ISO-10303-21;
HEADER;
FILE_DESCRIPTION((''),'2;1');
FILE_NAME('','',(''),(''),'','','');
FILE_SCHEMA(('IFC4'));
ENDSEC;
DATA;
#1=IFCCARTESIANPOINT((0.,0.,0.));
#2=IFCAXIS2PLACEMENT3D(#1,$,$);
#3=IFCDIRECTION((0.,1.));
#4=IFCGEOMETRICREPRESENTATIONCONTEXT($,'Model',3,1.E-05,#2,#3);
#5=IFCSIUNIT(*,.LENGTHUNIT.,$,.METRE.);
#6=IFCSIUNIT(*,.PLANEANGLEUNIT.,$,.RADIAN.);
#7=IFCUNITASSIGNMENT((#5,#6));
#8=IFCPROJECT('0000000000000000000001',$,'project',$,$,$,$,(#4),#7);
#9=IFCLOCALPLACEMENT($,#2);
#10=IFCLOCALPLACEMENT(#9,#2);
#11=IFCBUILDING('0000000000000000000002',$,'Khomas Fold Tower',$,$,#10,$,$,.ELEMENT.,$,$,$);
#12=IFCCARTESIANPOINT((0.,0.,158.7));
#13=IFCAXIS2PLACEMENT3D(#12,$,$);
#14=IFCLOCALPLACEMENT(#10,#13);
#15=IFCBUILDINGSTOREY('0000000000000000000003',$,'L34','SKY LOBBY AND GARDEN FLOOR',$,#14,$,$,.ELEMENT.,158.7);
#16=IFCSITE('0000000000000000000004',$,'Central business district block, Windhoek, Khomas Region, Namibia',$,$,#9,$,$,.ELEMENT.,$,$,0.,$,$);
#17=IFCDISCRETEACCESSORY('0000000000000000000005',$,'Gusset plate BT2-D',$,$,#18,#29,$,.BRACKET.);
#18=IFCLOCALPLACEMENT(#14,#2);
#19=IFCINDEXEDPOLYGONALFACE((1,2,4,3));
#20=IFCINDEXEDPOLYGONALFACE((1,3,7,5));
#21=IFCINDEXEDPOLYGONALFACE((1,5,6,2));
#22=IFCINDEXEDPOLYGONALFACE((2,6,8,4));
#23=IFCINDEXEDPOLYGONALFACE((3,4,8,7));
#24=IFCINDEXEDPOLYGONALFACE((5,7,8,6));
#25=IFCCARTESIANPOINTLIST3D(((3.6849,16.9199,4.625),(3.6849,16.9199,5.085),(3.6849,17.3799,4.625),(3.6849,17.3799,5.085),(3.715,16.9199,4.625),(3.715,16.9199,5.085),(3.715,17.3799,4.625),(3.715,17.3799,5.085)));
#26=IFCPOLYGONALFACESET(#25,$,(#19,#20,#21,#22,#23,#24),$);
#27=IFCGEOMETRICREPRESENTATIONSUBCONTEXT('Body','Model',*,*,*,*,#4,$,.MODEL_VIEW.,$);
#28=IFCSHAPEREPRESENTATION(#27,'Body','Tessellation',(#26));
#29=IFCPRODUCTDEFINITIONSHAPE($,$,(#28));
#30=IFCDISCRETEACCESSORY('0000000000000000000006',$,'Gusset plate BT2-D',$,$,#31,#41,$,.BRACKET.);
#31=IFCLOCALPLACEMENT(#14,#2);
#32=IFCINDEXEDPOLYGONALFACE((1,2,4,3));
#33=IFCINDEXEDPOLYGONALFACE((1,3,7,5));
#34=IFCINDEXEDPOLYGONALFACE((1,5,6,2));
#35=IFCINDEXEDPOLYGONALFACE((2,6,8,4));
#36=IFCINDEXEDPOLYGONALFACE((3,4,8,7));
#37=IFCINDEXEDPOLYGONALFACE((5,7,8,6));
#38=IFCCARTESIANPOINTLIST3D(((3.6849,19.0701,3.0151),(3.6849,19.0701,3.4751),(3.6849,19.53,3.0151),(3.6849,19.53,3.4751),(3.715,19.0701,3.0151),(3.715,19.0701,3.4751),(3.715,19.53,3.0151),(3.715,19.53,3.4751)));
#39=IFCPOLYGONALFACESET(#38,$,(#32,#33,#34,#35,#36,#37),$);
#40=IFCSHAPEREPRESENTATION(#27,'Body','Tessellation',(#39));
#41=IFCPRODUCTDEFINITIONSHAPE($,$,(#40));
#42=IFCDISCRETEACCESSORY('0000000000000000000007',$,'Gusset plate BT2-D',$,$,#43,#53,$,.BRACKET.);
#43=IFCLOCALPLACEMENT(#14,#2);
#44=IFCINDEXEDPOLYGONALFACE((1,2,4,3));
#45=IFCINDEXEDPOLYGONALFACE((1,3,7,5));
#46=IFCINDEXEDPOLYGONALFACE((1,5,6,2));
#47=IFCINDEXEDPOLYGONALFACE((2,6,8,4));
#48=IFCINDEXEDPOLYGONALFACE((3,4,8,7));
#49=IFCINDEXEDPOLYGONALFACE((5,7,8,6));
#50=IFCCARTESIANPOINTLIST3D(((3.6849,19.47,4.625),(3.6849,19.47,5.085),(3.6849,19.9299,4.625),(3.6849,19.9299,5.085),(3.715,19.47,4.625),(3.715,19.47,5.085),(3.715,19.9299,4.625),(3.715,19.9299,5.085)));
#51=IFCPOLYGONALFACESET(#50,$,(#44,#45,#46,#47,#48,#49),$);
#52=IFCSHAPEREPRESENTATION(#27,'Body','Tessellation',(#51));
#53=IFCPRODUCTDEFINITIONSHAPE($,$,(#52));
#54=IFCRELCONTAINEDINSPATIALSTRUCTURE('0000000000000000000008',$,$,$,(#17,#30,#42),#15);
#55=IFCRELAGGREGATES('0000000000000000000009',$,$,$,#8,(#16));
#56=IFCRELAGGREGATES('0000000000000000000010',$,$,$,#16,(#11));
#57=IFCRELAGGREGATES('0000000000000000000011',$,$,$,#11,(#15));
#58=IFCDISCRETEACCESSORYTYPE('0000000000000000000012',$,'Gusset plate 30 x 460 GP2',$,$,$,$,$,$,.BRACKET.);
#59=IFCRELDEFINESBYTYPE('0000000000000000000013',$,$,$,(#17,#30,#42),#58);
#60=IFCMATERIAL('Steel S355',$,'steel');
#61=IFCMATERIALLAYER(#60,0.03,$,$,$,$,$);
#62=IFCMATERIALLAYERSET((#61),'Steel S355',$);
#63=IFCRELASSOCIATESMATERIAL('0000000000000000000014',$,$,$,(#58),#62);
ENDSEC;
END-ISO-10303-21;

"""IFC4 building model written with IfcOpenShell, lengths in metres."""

from ifc_helpers import new_model, si_unit, direction, frame, origin, origin_2d, place, context, subcontext, project, spatial, rectangle, extrude, source, transform, mapped, material, layer, layer_set, type_object, element, save


model = new_model("IFC4")

# Units and contexts
model_context = context("Model", 3, precision=1e-05, world=origin(), true_north=direction((0.0, 1.0)))
body_context = subcontext(model_context, "Body", "Model", "MODEL_VIEW")
ifc_project = project(units=[si_unit("LENGTHUNIT", "METRE"), si_unit("PLANEANGLEUNIT", "RADIAN")], contexts=[model_context])

# Site, building, storey
site_placement = place(None, origin())
site = spatial("IfcSite", under=ifc_project, at=site_placement, Name="Central business district block, Windhoek, Khomas Region, Namibia", CompositionType="ELEMENT", RefElevation=0.0)
building_placement = place(site_placement, origin())
building = spatial("IfcBuilding", under=site, at=building_placement, Name="Khomas Fold Tower", CompositionType="ELEMENT")
storey_placement = place(building_placement, frame((0.0, 0.0, 158.7)))
storey = spatial("IfcBuildingStorey", under=building, at=storey_placement, Name="L34", Description="SKY LOBBY AND GARDEN FLOOR", CompositionType="ELEMENT", Elevation=158.7)

# Discrete accessories
ifc_material_1 = material(Name="Steel S355", Category="steel")
ifc_layer_1 = layer(ifc_material_1, 0.03)
ifc_layer_set_1 = layer_set([ifc_layer_1], Name="Steel S355")
discrete_accessory_type = type_object("IfcDiscreteAccessoryType", Name="Gusset plate 30 x 460 GP2", PredefinedType="BRACKET", material=ifc_layer_set_1)
shared_shape_1 = source(origin(), body_context, "Body", "SweptSolid", [
    extrude(rectangle(XDim=0.46, YDim=0.03, at=origin_2d()), origin(), (0.0, 0.0, 1.0), 0.46),
])
for number, where, z_axis, x_axis, name in (
    (1, (3.7, 17.1499, 4.625), (0.0, 0.0, 1.0), (0.0, 1.0, 0.0), "Gusset plate BT2-D"),
    (2, (3.7, 19.3, 3.0151), (0.0, 0.0, 1.0), (0.0, 1.0, 0.0), "Gusset plate BT2-D"),
    (3, (3.7, 19.7, 4.625), (0.0, 0.0, 1.0), (0.0, 1.0, 0.0), "Gusset plate BT2-D"),
):
    element("IfcDiscreteAccessory", number, at=place(storey_placement, frame(where, z_axis=z_axis, x_axis=x_axis)), inside=storey, type_object=discrete_accessory_type, Name=name, PredefinedType="BRACKET", context=body_context, shape_type="MappedRepresentation", body=[
        mapped(shared_shape_1, transform((0.0, 0.0, 0.0))),
    ])

save(model, "model.ifc")
